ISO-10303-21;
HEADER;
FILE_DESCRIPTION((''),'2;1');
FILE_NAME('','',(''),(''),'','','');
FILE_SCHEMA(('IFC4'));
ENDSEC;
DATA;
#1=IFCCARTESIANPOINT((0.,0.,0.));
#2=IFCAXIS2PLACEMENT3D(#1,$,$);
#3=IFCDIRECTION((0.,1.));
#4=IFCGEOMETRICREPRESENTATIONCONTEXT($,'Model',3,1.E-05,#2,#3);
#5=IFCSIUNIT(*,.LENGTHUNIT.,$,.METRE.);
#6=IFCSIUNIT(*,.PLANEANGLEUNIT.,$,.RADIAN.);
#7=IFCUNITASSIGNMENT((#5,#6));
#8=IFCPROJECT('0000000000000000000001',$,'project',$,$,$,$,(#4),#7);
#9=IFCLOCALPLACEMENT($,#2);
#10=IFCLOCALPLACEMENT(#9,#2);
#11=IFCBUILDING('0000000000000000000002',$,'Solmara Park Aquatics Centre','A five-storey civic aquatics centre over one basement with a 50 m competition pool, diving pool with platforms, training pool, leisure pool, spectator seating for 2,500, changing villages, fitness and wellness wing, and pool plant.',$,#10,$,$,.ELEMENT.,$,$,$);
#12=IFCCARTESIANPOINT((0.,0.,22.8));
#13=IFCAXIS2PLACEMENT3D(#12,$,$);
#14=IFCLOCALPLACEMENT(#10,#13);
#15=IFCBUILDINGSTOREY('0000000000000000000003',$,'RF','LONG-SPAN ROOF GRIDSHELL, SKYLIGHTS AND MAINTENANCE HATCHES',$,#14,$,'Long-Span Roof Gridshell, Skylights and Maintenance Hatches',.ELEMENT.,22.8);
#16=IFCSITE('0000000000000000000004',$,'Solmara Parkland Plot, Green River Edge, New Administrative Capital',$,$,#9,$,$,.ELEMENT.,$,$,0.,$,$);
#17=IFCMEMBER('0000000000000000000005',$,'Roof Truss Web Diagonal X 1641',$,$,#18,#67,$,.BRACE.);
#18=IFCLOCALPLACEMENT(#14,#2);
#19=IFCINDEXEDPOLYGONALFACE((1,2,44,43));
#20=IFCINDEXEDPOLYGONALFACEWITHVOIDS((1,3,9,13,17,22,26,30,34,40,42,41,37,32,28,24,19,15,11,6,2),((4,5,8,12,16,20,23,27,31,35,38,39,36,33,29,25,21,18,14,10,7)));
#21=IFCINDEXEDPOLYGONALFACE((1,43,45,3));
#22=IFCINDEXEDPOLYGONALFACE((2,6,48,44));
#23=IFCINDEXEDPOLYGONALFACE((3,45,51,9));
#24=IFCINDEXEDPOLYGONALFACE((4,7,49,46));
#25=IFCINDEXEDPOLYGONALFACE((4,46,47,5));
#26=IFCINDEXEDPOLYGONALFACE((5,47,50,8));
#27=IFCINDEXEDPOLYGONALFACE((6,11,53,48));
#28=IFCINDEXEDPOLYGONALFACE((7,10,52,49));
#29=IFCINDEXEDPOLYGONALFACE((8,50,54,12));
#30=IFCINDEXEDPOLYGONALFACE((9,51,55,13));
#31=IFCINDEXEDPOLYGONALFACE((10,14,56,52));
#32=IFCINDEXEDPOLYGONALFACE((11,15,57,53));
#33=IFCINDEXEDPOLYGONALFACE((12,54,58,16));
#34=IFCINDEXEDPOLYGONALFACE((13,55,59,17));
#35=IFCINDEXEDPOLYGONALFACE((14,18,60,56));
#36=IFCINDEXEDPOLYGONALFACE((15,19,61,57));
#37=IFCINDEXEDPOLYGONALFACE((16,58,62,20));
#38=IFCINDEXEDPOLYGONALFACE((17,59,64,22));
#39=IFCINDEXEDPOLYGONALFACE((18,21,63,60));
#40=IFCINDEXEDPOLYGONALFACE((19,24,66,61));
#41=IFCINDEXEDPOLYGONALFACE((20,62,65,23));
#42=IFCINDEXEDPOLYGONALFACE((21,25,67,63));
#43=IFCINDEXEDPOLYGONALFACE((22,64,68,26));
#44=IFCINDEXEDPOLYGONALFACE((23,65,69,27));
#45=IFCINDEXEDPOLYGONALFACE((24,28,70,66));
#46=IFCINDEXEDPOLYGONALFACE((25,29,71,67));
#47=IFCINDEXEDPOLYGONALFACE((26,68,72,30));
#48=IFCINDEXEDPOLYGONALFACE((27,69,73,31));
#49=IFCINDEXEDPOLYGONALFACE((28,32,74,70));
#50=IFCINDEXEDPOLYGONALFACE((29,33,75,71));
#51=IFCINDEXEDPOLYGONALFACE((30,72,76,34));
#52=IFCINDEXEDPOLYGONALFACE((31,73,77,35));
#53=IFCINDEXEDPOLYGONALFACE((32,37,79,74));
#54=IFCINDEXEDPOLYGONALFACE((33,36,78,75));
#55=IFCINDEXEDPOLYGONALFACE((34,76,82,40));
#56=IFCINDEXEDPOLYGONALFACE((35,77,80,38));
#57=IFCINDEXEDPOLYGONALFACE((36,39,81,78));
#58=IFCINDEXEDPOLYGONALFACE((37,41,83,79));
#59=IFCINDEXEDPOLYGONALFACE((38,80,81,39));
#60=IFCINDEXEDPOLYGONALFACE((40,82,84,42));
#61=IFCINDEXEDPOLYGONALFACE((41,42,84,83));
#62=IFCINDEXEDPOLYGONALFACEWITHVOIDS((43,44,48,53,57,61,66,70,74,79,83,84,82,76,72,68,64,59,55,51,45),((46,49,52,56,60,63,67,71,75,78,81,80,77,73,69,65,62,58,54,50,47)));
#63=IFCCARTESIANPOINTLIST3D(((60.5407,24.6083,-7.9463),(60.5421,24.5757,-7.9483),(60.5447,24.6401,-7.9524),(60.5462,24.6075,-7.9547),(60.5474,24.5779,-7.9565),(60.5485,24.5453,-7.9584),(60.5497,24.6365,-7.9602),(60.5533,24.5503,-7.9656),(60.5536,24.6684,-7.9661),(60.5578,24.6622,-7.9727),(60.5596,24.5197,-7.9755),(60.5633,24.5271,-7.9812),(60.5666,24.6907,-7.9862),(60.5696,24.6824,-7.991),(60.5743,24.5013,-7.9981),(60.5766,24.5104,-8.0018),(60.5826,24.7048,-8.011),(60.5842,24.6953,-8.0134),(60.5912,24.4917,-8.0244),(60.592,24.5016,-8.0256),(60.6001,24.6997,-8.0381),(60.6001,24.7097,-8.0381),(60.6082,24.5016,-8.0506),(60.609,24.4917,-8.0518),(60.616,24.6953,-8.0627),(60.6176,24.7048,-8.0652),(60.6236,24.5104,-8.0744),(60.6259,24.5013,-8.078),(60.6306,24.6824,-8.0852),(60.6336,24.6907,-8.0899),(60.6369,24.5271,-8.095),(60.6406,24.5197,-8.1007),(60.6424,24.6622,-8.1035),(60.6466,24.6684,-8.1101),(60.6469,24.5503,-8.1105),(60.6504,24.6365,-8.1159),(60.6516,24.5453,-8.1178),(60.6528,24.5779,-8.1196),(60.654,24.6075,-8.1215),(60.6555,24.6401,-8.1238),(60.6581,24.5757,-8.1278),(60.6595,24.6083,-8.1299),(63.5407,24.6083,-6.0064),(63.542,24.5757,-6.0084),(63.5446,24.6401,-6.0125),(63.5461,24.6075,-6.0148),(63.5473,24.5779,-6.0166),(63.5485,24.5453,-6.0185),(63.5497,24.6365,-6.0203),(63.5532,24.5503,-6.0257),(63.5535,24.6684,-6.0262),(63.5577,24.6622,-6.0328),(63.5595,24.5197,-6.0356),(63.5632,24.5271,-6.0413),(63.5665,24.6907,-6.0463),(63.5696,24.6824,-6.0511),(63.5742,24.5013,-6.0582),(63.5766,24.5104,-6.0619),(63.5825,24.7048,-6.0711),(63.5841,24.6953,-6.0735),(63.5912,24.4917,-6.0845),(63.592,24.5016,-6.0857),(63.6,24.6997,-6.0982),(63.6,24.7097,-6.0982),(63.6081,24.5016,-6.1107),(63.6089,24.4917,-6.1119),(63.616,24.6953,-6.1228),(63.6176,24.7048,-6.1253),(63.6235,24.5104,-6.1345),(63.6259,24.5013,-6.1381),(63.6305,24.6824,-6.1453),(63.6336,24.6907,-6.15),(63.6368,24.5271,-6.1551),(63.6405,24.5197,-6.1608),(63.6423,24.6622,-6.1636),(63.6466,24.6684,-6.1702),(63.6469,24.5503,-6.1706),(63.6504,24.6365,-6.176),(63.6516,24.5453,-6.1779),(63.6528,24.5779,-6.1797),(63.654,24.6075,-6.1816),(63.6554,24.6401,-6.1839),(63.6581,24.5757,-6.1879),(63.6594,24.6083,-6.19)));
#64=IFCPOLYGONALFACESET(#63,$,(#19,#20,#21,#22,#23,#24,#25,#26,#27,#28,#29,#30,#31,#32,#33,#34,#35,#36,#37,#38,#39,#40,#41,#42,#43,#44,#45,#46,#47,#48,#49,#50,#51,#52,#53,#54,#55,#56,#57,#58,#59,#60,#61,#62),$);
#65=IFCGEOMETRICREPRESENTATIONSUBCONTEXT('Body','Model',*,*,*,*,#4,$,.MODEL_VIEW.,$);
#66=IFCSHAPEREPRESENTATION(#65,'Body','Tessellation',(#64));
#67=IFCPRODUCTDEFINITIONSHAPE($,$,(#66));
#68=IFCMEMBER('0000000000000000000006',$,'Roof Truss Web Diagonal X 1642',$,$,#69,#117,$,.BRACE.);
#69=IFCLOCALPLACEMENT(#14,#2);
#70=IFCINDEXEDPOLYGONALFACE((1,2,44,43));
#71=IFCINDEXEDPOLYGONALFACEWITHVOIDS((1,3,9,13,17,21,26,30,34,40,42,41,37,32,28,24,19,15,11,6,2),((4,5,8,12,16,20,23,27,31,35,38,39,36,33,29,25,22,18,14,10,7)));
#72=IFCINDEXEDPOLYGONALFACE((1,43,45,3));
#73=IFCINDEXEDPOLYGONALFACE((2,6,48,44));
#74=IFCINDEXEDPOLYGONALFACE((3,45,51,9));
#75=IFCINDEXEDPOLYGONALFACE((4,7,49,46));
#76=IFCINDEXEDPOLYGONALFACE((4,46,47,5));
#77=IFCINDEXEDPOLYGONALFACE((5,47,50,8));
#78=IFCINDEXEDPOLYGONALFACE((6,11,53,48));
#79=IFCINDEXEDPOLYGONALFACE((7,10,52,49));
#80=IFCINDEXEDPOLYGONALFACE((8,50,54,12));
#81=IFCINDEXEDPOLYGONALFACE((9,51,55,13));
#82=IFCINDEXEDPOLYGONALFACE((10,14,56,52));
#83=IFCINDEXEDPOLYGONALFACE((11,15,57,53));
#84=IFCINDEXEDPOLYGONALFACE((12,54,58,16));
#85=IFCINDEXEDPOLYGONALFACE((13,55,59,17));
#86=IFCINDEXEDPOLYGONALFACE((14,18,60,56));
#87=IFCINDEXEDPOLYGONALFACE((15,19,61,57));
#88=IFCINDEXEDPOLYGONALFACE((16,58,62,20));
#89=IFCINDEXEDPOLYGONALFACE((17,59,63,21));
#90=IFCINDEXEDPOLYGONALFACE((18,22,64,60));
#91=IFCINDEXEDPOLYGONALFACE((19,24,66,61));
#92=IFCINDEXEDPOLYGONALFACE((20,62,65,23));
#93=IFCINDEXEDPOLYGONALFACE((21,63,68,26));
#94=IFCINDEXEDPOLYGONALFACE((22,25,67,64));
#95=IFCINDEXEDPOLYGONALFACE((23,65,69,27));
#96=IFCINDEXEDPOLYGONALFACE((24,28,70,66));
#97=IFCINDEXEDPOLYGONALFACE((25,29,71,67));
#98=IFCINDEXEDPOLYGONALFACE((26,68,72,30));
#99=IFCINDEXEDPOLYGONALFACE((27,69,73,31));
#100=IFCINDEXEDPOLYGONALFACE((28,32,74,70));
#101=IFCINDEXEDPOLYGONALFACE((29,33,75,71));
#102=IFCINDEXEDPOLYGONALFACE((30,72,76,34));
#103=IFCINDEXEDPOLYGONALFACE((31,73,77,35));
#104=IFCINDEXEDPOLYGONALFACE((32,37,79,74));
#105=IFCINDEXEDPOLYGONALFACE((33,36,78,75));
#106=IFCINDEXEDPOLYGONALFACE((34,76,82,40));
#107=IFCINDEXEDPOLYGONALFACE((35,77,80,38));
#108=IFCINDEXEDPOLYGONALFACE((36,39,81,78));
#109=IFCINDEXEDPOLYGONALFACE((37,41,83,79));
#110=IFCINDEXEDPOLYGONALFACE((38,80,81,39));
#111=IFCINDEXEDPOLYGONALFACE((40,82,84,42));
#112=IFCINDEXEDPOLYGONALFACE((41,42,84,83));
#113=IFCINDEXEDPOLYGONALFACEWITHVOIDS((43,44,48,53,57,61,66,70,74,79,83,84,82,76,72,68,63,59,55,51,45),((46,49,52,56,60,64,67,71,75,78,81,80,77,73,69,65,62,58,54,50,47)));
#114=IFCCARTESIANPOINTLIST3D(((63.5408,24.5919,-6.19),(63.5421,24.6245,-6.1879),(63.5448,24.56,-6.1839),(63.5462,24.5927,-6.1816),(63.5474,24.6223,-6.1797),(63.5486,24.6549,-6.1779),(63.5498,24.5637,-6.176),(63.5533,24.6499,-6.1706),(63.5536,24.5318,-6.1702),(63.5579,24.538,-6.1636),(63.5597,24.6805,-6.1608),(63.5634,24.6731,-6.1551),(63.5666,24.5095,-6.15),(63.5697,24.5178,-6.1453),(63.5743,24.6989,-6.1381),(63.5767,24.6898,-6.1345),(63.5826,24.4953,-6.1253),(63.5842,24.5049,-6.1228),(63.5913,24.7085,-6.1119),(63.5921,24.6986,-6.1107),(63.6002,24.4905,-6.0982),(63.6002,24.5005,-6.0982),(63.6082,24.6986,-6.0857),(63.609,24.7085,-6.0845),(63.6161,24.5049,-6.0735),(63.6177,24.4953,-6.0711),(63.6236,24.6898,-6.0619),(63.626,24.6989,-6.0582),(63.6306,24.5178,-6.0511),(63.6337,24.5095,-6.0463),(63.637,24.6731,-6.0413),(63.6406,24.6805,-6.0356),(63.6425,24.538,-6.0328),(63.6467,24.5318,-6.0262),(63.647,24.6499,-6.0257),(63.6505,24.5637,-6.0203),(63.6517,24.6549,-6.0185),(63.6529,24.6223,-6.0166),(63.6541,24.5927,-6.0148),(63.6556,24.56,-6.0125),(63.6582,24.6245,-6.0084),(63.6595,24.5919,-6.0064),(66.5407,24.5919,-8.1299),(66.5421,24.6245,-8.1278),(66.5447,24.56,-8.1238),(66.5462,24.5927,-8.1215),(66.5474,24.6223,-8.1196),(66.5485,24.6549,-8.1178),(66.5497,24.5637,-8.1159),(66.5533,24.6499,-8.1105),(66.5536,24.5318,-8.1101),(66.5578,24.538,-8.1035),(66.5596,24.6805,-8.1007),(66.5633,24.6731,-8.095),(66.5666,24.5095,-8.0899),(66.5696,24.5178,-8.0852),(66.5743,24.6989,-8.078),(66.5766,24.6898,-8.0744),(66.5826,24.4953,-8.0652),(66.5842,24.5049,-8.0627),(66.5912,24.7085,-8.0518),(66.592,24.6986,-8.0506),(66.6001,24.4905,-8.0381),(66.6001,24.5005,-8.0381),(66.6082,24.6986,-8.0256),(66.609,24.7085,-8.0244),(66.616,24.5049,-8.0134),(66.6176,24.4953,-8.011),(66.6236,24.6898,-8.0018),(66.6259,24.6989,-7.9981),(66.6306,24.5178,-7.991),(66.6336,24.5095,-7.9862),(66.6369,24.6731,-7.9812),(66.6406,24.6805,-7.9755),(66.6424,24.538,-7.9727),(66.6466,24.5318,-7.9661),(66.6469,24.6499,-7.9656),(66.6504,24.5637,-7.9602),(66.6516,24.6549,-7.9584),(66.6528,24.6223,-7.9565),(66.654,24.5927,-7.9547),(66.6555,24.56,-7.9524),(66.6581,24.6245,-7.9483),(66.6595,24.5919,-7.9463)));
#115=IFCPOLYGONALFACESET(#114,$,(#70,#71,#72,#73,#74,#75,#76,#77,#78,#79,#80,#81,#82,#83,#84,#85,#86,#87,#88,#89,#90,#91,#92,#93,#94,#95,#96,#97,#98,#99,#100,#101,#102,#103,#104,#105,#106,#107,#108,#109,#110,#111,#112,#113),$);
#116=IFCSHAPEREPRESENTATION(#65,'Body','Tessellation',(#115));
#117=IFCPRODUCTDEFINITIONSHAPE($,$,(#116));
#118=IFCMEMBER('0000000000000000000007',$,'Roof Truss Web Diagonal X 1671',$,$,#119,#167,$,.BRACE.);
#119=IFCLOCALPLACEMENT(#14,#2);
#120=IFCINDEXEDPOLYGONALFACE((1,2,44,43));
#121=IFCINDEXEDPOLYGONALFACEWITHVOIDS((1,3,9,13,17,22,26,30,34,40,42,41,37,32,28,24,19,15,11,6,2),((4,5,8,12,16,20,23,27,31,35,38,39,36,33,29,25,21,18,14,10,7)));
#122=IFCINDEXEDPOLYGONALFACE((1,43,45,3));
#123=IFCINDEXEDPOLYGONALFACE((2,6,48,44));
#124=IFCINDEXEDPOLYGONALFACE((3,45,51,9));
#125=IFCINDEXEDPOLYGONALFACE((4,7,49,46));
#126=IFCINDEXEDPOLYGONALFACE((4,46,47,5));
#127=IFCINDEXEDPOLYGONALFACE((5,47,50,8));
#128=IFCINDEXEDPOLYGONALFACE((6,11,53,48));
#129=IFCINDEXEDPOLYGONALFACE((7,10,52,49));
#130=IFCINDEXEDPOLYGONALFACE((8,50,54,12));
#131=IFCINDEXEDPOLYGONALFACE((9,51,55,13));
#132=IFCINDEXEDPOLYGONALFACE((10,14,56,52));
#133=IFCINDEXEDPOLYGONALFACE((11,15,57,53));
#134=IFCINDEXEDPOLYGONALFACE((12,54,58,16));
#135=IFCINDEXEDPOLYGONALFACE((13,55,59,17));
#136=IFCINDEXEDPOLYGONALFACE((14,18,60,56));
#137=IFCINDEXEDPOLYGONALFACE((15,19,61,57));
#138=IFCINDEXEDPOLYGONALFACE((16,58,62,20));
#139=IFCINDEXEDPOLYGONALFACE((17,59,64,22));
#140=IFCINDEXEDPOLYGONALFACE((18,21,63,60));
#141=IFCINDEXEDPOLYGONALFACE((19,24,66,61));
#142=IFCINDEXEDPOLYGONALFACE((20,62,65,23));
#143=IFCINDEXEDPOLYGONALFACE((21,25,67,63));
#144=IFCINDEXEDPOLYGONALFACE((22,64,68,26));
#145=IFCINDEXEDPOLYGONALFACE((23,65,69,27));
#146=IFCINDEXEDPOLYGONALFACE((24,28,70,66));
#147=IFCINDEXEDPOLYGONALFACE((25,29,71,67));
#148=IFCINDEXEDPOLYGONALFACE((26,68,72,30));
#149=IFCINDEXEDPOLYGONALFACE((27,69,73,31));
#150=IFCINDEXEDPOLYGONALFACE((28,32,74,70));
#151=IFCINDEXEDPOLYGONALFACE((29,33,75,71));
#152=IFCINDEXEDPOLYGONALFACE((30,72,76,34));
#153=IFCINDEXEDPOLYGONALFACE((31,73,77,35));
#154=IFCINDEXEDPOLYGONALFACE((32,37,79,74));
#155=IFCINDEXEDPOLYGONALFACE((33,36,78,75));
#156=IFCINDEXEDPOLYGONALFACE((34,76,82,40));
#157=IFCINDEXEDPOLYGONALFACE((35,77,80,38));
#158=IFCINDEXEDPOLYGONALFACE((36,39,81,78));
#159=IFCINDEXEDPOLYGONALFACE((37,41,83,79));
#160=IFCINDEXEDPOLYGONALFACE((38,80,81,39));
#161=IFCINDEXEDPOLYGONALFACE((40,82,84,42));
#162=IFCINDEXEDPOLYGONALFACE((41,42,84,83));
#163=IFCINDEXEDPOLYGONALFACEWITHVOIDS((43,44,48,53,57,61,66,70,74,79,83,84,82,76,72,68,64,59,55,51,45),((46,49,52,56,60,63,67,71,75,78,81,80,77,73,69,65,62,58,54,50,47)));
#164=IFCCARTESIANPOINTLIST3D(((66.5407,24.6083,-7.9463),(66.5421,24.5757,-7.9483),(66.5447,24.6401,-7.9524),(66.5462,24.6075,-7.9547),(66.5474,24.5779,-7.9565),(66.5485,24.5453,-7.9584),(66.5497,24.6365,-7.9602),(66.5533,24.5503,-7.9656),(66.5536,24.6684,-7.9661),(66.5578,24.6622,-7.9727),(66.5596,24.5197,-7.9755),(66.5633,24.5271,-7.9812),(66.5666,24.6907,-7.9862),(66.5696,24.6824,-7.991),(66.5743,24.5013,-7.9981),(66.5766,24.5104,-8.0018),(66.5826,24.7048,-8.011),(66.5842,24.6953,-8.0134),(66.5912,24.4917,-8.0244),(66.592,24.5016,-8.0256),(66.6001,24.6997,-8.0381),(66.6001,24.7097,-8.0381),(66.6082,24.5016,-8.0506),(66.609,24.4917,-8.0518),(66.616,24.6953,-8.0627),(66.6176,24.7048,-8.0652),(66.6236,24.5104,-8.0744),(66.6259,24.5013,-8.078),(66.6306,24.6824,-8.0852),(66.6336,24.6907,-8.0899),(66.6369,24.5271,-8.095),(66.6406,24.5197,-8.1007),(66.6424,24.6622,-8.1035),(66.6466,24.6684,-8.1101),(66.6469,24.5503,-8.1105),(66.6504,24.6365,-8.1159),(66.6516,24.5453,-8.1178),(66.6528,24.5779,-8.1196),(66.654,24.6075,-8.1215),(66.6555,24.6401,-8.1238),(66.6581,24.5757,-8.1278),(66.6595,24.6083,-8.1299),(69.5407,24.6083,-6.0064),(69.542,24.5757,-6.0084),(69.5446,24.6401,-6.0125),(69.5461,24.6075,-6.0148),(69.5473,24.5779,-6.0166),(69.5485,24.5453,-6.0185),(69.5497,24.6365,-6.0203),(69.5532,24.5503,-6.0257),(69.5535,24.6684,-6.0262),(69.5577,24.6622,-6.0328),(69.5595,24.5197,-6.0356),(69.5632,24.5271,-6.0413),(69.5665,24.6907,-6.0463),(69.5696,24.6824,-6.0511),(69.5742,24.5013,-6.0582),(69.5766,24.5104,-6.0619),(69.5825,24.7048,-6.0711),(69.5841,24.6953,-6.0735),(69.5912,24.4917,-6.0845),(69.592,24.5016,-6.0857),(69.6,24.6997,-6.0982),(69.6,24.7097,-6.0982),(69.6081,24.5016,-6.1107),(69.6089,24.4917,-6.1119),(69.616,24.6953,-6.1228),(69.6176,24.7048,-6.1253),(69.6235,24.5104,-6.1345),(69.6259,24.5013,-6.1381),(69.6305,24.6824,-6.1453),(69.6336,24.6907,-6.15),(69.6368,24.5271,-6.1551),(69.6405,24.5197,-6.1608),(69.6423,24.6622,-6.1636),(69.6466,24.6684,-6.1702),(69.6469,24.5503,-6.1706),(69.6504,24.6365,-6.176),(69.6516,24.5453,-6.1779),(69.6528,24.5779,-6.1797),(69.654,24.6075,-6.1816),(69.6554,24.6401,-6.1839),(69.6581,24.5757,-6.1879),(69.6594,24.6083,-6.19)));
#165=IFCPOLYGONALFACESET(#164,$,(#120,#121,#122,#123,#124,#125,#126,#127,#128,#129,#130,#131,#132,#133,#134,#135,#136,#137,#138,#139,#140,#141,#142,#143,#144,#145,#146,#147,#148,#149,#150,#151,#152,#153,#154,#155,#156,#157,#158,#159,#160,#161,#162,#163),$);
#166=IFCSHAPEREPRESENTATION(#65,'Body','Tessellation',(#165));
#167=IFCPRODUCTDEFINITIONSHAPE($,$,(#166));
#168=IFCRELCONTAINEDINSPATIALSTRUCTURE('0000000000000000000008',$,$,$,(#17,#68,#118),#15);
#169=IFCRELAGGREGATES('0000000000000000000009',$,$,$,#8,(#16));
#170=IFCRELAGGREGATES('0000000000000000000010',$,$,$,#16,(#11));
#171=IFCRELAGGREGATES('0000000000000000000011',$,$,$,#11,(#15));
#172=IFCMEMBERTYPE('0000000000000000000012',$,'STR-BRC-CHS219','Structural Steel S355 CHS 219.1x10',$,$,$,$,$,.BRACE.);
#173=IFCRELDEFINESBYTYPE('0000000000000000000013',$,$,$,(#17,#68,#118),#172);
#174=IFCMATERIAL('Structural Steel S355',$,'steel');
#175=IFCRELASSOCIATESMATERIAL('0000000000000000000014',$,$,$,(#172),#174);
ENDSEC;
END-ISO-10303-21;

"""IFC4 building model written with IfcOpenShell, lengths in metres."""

from ifc_helpers import new_model, si_unit, direction, frame, origin, origin_2d, place, context, subcontext, project, spatial, hollow_circle, extrude, material, material_profile, profile_set, type_object, element, save


model = new_model("IFC4")

# Units and contexts
model_context = context("Model", 3, precision=1e-05, world=origin(), true_north=direction((0.0, 1.0)))
body_context = subcontext(model_context, "Body", "Model", "MODEL_VIEW")
ifc_project = project(units=[si_unit("LENGTHUNIT", "METRE"), si_unit("PLANEANGLEUNIT", "RADIAN")], contexts=[model_context])

# Site, building, storey
site_placement = place(None, origin())
site = spatial("IfcSite", under=ifc_project, at=site_placement, Name="Solmara Parkland Plot, Green River Edge, New Administrative Capital", CompositionType="ELEMENT", RefElevation=0.0)
building_placement = place(site_placement, origin())
building = spatial("IfcBuilding", under=site, at=building_placement, Name="Solmara Park Aquatics Centre", Description="A five-storey civic aquatics centre over one basement with a 50 m competition pool, diving pool with platforms, training pool, leisure pool, spectator seating for 2,500, changing villages, fitness and wellness wing, and pool plant.", CompositionType="ELEMENT")
storey_placement = place(building_placement, frame((0.0, 0.0, 22.8)))
storey = spatial("IfcBuildingStorey", under=building, at=storey_placement, Name="RF", Description="LONG-SPAN ROOF GRIDSHELL, SKYLIGHTS AND MAINTENANCE HATCHES", LongName="Long-Span Roof Gridshell, Skylights and Maintenance Hatches", CompositionType="ELEMENT", Elevation=22.8)

# Members
ifc_material_1 = material(Name="Structural Steel S355", Category="steel")
ifc_material_profile_1 = material_profile(ifc_material_1, hollow_circle(Radius=0.1096, WallThickness=0.01, at=origin_2d()), Name="CHS 219.1x10")
ifc_profile_set_1 = profile_set([ifc_material_profile_1], Name="Structural Steel S355")
member_type_1 = type_object("IfcMemberType", Name="STR-BRC-CHS219", Description="Structural Steel S355 CHS 219.1x10", PredefinedType="BRACE", material=ifc_profile_set_1)
for number, where, z_axis, x_axis, name in (
    (1, (60.6001, 24.6001, -8.0381), (0.839728, 0.0, 0.543008), (0.0, 1.0, 0.0), "Roof Truss Web Diagonal X 1641"),
    (2, (66.6001, 24.6001, -8.0381), (-0.839728, 0.0, 0.543008), (0.0, -1.0, 0.0), "Roof Truss Web Diagonal X 1642"),
    (3, (66.6001, 24.6001, -8.0381), (0.839728, 0.0, 0.543008), (0.0, 1.0, 0.0), "Roof Truss Web Diagonal X 1671"),
):
    element("IfcMember", number, at=place(storey_placement, frame(where, z_axis=z_axis, x_axis=x_axis)), inside=storey, type_object=member_type_1, Name=name, PredefinedType="BRACE", context=body_context, shape_type="SweptSolid", body=[
        extrude(hollow_circle(Radius=0.1096, WallThickness=0.01, at=origin_2d()), origin(), (0.0, 0.0, 1.0), 3.5725),
    ])

save(model, "model.ifc")
